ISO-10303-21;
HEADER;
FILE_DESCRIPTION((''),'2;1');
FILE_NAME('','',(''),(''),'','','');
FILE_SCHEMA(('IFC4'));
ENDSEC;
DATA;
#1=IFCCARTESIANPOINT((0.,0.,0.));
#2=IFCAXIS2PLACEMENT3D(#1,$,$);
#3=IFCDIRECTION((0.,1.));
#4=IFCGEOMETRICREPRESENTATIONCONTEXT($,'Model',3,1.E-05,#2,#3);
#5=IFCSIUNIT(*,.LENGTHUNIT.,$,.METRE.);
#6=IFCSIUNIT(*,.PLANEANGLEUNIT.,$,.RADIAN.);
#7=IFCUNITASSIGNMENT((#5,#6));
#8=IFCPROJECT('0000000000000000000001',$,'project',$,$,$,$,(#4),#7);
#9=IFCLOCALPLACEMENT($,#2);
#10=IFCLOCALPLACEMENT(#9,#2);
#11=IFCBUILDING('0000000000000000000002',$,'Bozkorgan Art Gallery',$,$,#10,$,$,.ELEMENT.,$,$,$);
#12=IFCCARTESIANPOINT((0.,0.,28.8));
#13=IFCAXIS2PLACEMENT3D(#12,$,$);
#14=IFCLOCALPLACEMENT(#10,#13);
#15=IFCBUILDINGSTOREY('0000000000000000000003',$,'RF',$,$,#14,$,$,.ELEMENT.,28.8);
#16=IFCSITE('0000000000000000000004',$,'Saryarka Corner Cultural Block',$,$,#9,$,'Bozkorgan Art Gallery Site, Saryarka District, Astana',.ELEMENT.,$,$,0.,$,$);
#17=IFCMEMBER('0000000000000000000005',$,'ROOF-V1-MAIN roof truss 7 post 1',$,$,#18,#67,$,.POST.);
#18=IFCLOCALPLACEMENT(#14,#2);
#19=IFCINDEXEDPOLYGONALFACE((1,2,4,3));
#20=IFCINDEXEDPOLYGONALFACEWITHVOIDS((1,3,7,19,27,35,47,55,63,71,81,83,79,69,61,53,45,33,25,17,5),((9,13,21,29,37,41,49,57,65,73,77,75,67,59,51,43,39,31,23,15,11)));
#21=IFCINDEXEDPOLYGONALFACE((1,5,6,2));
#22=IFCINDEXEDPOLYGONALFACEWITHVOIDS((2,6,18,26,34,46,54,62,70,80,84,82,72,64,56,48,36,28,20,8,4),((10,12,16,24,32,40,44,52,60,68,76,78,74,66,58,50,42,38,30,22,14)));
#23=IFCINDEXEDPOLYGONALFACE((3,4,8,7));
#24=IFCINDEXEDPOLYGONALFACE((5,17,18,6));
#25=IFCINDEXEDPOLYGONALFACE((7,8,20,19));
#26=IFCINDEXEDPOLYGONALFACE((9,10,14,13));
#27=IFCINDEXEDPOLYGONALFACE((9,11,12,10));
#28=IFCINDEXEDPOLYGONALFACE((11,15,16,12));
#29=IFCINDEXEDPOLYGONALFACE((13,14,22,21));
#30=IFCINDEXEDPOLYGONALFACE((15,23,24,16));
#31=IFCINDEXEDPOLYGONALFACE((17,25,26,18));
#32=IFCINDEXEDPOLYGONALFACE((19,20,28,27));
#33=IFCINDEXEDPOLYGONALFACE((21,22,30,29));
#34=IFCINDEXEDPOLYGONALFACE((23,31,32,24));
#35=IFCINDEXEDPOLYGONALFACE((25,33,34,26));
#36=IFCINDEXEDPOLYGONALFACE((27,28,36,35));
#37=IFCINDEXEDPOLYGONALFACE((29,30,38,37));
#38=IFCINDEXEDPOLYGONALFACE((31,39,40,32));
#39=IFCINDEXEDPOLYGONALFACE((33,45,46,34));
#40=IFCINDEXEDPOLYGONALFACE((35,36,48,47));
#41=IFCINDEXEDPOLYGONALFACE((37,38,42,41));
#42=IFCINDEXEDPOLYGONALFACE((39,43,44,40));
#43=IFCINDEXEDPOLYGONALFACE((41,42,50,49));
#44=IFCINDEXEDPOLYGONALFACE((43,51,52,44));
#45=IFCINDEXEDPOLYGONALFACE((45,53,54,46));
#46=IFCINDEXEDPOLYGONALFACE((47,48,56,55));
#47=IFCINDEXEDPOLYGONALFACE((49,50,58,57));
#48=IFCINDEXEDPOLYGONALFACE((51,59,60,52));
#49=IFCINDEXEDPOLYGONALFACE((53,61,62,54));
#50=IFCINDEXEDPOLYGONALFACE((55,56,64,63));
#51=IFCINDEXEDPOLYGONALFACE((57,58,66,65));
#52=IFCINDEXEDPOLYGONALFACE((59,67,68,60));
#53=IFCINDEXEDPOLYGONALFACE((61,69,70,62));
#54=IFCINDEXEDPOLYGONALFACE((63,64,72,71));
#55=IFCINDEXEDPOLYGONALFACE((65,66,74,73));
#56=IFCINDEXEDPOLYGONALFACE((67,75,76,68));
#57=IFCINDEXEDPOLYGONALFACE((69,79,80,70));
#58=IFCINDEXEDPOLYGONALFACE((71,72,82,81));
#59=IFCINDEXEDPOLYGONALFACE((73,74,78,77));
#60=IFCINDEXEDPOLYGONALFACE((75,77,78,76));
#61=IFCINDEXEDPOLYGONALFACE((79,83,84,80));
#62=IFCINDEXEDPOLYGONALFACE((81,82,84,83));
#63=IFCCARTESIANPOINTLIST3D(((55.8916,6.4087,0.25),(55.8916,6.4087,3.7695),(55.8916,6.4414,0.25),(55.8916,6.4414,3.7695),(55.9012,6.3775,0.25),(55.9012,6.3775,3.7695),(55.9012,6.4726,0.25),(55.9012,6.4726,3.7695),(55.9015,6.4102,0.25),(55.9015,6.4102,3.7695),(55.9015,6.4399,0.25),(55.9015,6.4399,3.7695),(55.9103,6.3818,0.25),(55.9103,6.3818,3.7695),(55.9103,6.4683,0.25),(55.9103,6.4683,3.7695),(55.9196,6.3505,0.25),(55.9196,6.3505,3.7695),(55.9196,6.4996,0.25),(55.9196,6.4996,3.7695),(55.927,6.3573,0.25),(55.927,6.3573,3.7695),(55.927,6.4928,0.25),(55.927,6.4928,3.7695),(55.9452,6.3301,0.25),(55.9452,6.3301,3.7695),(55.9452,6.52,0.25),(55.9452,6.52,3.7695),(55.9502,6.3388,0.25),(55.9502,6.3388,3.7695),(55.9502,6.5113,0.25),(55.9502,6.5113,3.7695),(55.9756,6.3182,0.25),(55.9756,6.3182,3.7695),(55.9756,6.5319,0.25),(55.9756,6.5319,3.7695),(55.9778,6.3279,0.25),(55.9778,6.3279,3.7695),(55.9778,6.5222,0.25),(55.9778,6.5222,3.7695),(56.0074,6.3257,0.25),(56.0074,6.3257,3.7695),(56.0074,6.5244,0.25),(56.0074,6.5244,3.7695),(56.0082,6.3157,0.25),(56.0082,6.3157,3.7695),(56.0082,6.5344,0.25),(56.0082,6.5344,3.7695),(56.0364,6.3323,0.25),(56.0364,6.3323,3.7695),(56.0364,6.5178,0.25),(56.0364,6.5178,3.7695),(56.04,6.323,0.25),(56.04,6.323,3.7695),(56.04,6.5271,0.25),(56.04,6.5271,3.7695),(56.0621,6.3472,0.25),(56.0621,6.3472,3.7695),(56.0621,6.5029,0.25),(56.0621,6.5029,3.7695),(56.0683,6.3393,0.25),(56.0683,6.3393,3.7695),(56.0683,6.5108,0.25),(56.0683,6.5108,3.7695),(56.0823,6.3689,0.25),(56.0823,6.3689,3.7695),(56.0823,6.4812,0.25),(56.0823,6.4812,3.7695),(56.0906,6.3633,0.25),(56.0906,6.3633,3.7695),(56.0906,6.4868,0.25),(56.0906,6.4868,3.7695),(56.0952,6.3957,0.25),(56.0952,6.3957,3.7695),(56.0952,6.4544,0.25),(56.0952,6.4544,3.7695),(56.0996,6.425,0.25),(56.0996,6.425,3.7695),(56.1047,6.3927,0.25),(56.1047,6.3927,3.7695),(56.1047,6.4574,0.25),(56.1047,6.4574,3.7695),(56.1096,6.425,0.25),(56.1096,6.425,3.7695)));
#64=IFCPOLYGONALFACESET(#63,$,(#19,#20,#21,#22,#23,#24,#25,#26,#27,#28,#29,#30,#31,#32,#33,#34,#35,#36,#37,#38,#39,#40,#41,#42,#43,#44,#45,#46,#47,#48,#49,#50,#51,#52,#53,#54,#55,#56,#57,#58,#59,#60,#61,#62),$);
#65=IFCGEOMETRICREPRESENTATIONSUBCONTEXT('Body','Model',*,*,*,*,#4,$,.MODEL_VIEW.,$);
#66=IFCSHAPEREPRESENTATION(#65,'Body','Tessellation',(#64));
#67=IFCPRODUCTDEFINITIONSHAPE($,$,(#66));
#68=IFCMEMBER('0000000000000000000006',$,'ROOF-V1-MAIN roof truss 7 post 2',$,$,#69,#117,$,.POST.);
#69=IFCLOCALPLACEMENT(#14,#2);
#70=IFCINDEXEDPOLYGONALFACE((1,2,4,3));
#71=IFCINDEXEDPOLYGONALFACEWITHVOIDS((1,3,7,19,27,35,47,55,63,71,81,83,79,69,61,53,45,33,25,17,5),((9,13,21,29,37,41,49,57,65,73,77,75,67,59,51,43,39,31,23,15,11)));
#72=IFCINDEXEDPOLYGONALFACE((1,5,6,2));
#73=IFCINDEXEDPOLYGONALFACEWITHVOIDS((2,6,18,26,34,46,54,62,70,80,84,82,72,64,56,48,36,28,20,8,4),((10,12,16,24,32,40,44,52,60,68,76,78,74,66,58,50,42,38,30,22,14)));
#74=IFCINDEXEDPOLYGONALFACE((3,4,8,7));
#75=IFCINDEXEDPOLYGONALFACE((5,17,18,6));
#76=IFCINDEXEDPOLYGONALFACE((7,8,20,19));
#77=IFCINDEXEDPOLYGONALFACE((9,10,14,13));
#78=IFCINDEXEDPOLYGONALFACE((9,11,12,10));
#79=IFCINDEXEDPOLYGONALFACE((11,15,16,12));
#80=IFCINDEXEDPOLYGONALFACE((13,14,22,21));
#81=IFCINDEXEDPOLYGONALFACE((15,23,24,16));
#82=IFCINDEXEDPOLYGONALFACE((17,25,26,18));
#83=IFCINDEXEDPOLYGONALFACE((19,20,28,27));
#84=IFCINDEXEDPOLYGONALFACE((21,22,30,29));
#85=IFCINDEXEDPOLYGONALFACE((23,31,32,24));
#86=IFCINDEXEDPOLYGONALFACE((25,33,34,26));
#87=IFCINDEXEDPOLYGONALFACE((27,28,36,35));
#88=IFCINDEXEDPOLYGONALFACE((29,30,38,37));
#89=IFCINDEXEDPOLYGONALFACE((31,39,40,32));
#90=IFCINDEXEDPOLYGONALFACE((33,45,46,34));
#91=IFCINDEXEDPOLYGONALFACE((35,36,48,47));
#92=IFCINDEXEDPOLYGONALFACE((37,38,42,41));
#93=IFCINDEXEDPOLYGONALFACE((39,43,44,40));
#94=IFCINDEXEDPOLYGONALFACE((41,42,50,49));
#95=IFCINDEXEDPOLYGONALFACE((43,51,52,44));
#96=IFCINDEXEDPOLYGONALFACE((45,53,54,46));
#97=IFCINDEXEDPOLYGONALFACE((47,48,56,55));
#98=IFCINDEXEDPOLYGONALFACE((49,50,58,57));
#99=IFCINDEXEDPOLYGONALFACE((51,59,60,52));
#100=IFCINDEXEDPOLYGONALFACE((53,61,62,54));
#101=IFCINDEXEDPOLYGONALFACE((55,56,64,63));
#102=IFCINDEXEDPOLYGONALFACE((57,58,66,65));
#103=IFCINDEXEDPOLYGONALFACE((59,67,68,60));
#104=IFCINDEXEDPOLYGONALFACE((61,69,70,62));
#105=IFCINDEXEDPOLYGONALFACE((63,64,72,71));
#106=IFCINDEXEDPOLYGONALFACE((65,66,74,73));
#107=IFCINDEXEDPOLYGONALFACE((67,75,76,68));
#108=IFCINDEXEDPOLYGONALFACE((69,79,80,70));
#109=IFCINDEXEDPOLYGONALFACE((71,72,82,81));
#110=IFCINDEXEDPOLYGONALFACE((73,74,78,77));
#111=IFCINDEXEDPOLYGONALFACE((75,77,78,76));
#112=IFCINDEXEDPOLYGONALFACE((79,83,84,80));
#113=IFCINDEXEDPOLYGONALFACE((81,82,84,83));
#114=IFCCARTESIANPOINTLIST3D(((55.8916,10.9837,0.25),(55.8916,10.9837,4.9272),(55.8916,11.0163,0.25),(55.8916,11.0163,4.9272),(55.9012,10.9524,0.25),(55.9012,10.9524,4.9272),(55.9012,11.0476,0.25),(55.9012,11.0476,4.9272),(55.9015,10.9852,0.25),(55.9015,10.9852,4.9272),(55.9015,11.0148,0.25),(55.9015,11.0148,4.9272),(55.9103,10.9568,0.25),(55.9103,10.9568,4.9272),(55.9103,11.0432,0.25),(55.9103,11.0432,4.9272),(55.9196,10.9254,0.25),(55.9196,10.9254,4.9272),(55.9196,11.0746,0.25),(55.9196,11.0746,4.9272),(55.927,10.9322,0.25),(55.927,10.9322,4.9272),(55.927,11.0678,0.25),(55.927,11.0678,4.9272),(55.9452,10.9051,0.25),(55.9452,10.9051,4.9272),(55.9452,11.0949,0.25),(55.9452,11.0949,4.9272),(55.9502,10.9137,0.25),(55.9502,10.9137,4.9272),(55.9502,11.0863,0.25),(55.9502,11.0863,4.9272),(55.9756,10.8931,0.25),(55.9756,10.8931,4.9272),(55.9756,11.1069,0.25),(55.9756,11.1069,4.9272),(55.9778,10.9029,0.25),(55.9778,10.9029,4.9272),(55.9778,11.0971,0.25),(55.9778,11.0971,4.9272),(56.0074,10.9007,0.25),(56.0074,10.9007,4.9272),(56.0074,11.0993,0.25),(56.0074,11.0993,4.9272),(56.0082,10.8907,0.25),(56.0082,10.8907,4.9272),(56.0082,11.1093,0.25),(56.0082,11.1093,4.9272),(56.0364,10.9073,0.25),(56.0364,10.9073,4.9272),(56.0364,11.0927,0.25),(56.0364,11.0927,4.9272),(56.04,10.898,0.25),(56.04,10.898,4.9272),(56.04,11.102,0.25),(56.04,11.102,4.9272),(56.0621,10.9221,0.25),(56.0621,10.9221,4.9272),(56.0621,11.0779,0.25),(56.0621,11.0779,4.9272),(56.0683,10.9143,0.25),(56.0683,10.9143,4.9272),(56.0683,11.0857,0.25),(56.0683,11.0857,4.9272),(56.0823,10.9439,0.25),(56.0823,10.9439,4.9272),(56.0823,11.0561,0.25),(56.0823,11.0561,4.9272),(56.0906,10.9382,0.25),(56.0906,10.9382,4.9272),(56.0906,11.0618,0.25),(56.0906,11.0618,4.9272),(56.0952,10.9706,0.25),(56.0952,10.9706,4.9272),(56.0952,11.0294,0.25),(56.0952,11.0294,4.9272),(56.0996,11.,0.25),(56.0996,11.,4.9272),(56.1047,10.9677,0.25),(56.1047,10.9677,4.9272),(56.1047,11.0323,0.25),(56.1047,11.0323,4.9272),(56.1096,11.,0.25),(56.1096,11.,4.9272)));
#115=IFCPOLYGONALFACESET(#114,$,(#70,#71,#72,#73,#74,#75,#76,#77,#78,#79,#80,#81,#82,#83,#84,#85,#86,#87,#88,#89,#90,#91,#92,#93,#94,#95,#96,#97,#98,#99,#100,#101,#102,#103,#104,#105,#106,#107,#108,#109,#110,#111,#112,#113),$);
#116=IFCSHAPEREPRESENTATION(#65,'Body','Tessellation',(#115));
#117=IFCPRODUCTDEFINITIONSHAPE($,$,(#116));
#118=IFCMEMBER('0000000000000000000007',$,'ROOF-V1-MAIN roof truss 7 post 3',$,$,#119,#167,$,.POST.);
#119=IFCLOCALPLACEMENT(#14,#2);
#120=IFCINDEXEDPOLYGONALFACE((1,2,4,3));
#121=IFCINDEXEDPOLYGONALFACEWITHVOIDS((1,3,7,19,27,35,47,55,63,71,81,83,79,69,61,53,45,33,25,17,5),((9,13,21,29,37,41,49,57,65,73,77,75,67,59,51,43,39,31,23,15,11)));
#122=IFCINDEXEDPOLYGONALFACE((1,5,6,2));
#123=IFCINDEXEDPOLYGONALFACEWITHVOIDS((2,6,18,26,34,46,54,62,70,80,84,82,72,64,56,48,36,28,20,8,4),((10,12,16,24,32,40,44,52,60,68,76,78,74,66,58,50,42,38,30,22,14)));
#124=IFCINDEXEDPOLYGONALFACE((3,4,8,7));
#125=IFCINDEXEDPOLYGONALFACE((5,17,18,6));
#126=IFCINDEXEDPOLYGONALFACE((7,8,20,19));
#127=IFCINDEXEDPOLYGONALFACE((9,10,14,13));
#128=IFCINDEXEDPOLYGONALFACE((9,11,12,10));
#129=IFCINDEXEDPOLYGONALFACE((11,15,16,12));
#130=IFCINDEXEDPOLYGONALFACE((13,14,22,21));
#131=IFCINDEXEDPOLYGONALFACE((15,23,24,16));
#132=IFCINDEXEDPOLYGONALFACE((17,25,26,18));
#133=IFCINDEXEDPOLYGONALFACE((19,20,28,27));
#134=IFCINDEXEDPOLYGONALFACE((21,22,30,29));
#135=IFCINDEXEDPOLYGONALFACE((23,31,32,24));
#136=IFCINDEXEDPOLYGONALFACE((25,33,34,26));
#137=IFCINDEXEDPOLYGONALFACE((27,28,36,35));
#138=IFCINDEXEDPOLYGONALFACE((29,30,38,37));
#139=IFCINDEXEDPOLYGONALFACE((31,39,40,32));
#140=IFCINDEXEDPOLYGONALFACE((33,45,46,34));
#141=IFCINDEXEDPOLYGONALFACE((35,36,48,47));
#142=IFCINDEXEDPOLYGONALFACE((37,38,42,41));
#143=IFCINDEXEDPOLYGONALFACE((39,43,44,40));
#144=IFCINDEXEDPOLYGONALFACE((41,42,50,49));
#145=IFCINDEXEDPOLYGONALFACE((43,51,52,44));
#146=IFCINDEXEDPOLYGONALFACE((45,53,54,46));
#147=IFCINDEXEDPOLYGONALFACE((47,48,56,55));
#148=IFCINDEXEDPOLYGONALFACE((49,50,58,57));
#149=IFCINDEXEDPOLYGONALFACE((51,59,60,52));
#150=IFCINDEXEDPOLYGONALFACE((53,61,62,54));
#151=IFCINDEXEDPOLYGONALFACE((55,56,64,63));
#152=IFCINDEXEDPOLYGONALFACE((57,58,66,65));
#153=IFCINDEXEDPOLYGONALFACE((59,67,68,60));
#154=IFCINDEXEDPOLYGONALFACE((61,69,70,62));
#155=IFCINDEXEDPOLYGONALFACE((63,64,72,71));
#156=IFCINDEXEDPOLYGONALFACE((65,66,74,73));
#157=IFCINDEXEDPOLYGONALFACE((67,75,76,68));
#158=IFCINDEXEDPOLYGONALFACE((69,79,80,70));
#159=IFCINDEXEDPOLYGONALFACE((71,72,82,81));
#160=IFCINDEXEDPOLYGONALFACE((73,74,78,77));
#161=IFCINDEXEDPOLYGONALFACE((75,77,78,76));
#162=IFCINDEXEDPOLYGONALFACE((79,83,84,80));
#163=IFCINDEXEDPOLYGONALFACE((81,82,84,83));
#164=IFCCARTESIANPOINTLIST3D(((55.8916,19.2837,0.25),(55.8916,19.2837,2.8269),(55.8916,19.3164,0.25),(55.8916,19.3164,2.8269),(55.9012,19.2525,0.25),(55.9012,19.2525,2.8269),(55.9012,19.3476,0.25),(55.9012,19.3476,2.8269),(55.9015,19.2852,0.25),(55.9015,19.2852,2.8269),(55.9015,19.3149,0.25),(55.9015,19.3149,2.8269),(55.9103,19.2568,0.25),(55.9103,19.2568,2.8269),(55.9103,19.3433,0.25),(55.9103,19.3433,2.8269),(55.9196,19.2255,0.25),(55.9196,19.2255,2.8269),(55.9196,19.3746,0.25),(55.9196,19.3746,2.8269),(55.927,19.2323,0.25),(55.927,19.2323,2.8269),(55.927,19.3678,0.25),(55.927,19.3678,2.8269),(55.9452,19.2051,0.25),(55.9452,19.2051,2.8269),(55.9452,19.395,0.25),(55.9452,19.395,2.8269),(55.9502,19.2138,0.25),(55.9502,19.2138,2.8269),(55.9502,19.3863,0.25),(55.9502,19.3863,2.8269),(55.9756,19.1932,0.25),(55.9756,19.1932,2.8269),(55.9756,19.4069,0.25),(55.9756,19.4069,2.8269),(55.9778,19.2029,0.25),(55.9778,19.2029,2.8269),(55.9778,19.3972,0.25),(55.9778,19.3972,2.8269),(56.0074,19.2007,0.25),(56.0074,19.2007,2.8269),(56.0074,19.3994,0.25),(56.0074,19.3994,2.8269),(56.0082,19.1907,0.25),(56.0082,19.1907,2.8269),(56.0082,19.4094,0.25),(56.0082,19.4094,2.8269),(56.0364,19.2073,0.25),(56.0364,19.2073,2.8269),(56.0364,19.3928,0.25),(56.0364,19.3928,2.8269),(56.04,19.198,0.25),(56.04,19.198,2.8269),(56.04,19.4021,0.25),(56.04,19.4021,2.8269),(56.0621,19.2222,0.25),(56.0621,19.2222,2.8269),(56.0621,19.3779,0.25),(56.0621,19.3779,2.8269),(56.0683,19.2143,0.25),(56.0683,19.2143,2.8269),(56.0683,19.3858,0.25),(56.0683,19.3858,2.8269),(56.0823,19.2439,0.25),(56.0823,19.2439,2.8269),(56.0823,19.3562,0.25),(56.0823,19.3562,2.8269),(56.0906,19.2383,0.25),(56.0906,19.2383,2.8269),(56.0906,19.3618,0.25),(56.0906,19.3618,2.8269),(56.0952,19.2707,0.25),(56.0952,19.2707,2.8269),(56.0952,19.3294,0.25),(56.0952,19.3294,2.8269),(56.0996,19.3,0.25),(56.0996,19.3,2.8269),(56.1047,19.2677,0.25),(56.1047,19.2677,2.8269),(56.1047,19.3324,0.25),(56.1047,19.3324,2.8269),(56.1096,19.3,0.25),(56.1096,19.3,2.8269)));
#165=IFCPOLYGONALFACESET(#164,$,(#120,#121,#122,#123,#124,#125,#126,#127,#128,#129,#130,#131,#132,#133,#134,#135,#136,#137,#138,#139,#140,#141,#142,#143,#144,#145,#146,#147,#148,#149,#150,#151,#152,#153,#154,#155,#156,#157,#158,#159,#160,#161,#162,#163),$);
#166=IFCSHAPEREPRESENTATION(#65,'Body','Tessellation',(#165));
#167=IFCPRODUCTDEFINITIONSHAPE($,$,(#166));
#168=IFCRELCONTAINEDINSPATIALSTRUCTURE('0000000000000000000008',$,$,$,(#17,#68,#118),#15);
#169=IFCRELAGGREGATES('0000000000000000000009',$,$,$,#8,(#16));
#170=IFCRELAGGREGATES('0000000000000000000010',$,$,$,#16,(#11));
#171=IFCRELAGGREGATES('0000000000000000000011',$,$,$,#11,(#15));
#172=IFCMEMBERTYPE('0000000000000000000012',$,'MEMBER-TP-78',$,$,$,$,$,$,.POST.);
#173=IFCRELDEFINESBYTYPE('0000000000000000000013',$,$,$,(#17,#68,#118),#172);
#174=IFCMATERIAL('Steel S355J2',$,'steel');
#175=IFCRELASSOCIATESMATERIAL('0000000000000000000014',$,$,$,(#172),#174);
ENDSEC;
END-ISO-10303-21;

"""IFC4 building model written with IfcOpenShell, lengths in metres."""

from ifc_helpers import new_model, si_unit, direction, frame, origin, origin_2d, place, context, subcontext, project, spatial, hollow_circle, extrude, material, material_profile, profile_set, type_object, element, save


model = new_model("IFC4")

# Units and contexts
model_context = context("Model", 3, precision=1e-05, world=origin(), true_north=direction((0.0, 1.0)))
body_context = subcontext(model_context, "Body", "Model", "MODEL_VIEW")
ifc_project = project(units=[si_unit("LENGTHUNIT", "METRE"), si_unit("PLANEANGLEUNIT", "RADIAN")], contexts=[model_context])

# Site, building, storey
site_placement = place(None, origin())
site = spatial("IfcSite", under=ifc_project, at=site_placement, Name="Saryarka Corner Cultural Block", LongName="Bozkorgan Art Gallery Site, Saryarka District, Astana", CompositionType="ELEMENT", RefElevation=0.0)
building_placement = place(site_placement, origin())
building = spatial("IfcBuilding", under=site, at=building_placement, Name="Bozkorgan Art Gallery", CompositionType="ELEMENT")
storey_placement = place(building_placement, frame((0.0, 0.0, 28.8)))
storey = spatial("IfcBuildingStorey", under=building, at=storey_placement, Name="RF", CompositionType="ELEMENT", Elevation=28.8)

# Members
ifc_material_1 = material(Name="Steel S355J2", Category="steel")
ifc_material_profile_1 = material_profile(ifc_material_1, hollow_circle(Radius=0.1096, WallThickness=0.01, at=origin_2d()), Name="CHS 219.1x10")
ifc_profile_set_1 = profile_set([ifc_material_profile_1], Name="Steel S355J2")
member_type_1 = type_object("IfcMemberType", Name="MEMBER-TP-78", PredefinedType="POST", material=ifc_profile_set_1)
member_1_placement = place(storey_placement, frame((56.0, 6.425, 0.25), z_axis=(0.0, 0.0, 1.0), x_axis=(1.0, 0.0, 0.0)))
element("IfcMember", 1, at=member_1_placement, inside=storey, type_object=member_type_1, Name="ROOF-V1-MAIN roof truss 7 post 1", PredefinedType="POST", context=body_context, shape_type="SweptSolid", body=[
    extrude(hollow_circle(Radius=0.1096, WallThickness=0.01, at=origin_2d()), origin(), (0.0, 0.0, 1.0), 3.5195),
])
member_2_placement = place(storey_placement, frame((56.0, 11.0, 0.25), z_axis=(0.0, 0.0, 1.0), x_axis=(1.0, 0.0, 0.0)))
element("IfcMember", 2, at=member_2_placement, inside=storey, type_object=member_type_1, Name="ROOF-V1-MAIN roof truss 7 post 2", PredefinedType="POST", context=body_context, shape_type="SweptSolid", body=[
    extrude(hollow_circle(Radius=0.1096, WallThickness=0.01, at=origin_2d()), origin(), (0.0, 0.0, 1.0), 4.6772),
])
member_3_placement = place(storey_placement, frame((56.0, 19.3, 0.25), z_axis=(0.0, 0.0, 1.0), x_axis=(1.0, 0.0, 0.0)))
element("IfcMember", 3, at=member_3_placement, inside=storey, type_object=member_type_1, Name="ROOF-V1-MAIN roof truss 7 post 3", PredefinedType="POST", context=body_context, shape_type="SweptSolid", body=[
    extrude(hollow_circle(Radius=0.1096, WallThickness=0.01, at=origin_2d()), origin(), (0.0, 0.0, 1.0), 2.5769),
])

save(model, "model.ifc")
